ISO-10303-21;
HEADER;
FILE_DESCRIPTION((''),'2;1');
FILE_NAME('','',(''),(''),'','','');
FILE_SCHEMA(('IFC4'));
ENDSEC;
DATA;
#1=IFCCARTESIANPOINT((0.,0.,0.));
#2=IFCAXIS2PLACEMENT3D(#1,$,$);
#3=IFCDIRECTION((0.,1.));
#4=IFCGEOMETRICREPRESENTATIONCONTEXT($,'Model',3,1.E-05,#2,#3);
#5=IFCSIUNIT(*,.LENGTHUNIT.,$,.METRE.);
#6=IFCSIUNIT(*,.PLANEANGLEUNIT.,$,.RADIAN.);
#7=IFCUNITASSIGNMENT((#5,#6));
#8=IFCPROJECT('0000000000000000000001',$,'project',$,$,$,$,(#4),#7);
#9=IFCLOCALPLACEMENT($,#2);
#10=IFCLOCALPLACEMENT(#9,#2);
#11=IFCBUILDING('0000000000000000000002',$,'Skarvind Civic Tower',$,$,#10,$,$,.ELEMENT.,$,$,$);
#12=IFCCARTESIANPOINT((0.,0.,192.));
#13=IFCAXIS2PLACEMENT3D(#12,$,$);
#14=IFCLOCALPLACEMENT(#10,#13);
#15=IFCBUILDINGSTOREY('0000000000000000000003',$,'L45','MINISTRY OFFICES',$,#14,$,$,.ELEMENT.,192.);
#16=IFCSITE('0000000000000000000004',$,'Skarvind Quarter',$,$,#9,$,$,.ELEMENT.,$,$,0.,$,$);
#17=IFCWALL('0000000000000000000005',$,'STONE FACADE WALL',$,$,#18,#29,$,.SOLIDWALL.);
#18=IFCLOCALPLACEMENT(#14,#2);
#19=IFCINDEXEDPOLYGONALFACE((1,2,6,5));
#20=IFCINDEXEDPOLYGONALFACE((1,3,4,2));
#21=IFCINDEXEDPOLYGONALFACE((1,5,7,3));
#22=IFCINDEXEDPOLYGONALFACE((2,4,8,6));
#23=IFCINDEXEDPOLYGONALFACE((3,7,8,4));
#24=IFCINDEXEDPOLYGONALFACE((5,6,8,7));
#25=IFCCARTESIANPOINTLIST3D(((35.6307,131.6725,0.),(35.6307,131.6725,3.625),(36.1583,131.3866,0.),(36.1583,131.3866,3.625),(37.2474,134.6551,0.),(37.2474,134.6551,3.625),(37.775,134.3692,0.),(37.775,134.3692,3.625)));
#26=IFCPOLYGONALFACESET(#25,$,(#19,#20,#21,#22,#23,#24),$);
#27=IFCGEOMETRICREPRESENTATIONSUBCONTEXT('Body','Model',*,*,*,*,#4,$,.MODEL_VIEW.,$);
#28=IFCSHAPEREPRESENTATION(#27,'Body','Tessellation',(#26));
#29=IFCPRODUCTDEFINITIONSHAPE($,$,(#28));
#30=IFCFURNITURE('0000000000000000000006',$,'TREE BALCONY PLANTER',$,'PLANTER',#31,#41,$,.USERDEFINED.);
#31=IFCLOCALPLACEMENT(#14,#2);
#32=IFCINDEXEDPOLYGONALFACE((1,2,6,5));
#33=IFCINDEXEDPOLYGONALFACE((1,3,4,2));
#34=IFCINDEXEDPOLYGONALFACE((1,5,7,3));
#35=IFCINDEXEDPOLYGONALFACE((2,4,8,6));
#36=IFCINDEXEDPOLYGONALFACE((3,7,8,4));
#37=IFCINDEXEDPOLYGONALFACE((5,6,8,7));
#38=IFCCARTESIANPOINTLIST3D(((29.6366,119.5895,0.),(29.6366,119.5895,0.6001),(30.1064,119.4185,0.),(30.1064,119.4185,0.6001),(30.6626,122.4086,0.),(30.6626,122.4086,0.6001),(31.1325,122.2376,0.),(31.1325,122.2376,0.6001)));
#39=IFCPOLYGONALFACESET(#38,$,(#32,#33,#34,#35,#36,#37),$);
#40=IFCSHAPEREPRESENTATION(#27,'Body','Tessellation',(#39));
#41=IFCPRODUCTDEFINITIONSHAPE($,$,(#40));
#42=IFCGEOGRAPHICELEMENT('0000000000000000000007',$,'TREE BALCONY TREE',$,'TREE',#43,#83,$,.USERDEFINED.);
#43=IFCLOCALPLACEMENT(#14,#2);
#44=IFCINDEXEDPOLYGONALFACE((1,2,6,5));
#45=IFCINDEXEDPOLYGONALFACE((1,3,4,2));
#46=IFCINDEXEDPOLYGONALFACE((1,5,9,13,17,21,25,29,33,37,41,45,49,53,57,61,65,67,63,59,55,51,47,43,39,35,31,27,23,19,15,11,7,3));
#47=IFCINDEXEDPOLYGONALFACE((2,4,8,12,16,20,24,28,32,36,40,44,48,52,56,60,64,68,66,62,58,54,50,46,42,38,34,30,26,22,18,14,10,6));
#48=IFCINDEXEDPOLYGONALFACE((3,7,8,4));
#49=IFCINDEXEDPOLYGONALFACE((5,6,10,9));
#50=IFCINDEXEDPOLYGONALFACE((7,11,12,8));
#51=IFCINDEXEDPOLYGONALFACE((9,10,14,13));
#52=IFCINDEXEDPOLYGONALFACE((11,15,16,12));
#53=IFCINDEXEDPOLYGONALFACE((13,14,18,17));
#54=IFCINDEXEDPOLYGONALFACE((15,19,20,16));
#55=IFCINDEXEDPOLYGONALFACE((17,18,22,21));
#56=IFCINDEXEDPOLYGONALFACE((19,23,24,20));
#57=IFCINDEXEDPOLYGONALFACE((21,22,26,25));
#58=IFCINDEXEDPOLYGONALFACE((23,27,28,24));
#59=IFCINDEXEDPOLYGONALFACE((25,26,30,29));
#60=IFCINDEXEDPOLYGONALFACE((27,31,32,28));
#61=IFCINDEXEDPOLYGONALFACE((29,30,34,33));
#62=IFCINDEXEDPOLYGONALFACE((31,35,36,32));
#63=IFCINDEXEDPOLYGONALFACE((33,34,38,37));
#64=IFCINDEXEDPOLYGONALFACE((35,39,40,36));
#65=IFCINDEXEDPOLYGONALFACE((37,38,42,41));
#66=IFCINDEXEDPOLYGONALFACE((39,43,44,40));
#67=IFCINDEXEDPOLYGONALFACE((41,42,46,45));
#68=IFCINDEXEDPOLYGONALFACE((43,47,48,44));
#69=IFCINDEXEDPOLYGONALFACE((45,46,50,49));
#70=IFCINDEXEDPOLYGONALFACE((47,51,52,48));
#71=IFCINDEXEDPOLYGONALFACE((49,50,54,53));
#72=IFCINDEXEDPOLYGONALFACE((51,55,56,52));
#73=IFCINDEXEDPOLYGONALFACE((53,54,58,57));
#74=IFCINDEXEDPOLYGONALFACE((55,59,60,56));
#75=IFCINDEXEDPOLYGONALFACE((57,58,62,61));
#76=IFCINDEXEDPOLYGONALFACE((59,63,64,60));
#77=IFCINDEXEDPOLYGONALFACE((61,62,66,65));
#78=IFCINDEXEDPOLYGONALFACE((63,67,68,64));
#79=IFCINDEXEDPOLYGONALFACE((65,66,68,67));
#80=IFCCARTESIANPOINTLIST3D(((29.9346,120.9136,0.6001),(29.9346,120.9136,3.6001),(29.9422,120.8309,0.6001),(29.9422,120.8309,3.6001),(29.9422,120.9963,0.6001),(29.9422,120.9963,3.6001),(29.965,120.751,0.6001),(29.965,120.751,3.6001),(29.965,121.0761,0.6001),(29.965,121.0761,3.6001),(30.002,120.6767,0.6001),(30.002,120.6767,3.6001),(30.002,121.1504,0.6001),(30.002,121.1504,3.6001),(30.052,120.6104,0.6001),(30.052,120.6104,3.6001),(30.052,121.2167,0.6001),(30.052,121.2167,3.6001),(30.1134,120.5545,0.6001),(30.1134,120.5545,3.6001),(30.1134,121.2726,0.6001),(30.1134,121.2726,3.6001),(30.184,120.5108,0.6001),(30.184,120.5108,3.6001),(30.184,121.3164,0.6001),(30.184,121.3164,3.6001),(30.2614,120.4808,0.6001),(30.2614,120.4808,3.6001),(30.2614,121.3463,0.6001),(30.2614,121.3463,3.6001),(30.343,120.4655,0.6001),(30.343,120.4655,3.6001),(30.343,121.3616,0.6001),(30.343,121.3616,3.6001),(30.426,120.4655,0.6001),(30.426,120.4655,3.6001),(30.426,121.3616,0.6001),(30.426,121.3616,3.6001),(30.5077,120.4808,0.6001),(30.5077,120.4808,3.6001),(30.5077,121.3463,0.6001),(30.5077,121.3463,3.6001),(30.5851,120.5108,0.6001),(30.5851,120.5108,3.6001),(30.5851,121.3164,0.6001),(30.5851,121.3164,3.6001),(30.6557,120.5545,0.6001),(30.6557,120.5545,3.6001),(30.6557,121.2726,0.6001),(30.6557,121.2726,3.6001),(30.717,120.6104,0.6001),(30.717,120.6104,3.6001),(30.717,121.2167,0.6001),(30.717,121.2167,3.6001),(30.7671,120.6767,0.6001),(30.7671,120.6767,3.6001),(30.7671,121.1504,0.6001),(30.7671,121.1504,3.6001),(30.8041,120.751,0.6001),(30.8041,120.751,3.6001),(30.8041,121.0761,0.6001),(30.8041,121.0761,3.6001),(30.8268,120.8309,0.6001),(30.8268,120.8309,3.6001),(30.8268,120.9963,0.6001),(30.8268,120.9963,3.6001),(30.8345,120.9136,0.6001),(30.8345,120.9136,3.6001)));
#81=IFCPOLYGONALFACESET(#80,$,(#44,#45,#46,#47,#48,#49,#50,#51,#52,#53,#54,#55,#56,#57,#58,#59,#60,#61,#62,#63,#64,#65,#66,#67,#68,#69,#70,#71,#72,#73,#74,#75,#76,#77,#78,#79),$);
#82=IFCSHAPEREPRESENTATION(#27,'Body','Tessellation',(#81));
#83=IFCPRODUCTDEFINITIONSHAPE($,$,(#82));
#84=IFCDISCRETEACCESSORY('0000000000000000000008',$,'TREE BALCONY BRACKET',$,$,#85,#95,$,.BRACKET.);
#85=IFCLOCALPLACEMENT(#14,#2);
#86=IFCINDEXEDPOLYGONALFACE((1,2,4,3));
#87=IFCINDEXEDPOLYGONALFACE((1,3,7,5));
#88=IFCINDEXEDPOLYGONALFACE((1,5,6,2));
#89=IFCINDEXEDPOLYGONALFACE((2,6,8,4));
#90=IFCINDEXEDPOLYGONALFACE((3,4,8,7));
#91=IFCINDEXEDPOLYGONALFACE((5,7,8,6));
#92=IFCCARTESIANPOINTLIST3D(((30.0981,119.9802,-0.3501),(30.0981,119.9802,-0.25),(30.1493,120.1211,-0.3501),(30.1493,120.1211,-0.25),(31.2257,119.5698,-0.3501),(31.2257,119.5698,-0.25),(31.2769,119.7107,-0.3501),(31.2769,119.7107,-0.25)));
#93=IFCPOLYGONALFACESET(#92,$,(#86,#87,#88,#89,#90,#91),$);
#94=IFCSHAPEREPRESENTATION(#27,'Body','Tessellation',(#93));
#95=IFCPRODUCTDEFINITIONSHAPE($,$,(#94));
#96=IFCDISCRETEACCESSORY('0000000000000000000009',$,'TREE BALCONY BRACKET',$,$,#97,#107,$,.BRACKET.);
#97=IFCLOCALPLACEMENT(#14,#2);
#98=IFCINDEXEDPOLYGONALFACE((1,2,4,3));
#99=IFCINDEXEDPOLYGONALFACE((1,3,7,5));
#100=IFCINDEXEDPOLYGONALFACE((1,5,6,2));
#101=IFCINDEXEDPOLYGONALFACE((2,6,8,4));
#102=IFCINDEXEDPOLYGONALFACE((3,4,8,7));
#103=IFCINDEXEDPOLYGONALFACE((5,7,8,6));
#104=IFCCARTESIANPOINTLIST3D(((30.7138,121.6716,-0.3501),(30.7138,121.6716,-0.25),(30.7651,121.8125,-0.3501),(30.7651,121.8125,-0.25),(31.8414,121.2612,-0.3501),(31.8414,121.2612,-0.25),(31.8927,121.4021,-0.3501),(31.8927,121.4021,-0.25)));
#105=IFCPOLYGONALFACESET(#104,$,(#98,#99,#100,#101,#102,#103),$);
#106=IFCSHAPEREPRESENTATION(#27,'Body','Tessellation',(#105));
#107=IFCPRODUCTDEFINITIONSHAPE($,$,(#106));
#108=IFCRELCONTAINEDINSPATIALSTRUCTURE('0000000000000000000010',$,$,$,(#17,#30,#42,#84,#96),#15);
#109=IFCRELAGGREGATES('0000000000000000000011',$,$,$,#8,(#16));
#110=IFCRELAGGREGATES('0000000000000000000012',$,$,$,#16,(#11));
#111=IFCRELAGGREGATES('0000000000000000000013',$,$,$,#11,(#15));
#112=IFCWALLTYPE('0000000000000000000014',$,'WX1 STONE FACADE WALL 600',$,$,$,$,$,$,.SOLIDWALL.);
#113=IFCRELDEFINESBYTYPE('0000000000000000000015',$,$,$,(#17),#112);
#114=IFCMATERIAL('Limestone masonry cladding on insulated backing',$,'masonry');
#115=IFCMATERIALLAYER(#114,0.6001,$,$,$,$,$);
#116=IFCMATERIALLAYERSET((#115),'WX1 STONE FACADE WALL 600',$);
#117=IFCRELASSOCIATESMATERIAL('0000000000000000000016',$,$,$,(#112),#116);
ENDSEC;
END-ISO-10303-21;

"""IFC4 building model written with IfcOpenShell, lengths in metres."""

from ifc_helpers import new_model, si_unit, direction, frame, frame_2d, origin, origin_2d, place, context, subcontext, project, spatial, rectangle, circle, extrude, material, layer, layer_set, type_object, element, save


model = new_model("IFC4")

# Units and contexts
model_context = context("Model", 3, precision=1e-05, world=origin(), true_north=direction((0.0, 1.0)))
body_context = subcontext(model_context, "Body", "Model", "MODEL_VIEW")
ifc_project = project(units=[si_unit("LENGTHUNIT", "METRE"), si_unit("PLANEANGLEUNIT", "RADIAN")], contexts=[model_context])

# Site, building, storey
site_placement = place(None, origin())
site = spatial("IfcSite", under=ifc_project, at=site_placement, Name="Skarvind Quarter", CompositionType="ELEMENT", RefElevation=0.0)
building_placement = place(site_placement, origin())
building = spatial("IfcBuilding", under=site, at=building_placement, Name="Skarvind Civic Tower", CompositionType="ELEMENT")
storey_placement = place(building_placement, frame((0.0, 0.0, 192.0)))
storey = spatial("IfcBuildingStorey", under=building, at=storey_placement, Name="L45", Description="MINISTRY OFFICES", CompositionType="ELEMENT", Elevation=192.0)

# Shared definitions
ifc_material_1 = material(Name="Limestone masonry cladding on insulated backing", Category="masonry")
ifc_layer_1 = layer(ifc_material_1, 0.6001)
ifc_layer_set_1 = layer_set([ifc_layer_1], Name="WX1 STONE FACADE WALL 600")
wall_type_1 = type_object("IfcWallType", Name="WX1 STONE FACADE WALL 600", PredefinedType="SOLIDWALL", material=ifc_layer_set_1)

# Wall
wall_1_placement = place(storey_placement, frame((35.8945, 131.5295, 0.0), z_axis=(0.0, 0.0, 1.0), x_axis=(0.476531, 0.879158, 0.0)))
element("IfcWall", 1, at=wall_1_placement, inside=storey, type_object=wall_type_1, Name="STONE FACADE WALL", PredefinedType="SOLIDWALL", context=body_context, shape_type="SweptSolid", body=[
    extrude(rectangle(XDim=3.3926, YDim=0.6001, at=frame_2d((1.6963, 0.0))), origin(), (0.0, 0.0, 1.0), 3.625),
])

# Furniture
furniture_placement = place(storey_placement, frame((30.3845, 120.9136, 0.0), z_axis=(0.0, 0.0, 1.0), x_axis=(0.34202, 0.939693, 0.0)))
element("IfcFurniture", 2, at=furniture_placement, inside=storey, Name="TREE BALCONY PLANTER", ObjectType="PLANTER", PredefinedType="USERDEFINED", context=body_context, shape_type="SweptSolid", body=[
    extrude(rectangle(XDim=3.0, YDim=0.5, at=origin_2d()), origin(), (0.0, 0.0, 1.0), 0.6001),
])

# Geographic element
geographic_element_placement = place(storey_placement, frame((30.3845, 120.9136, 0.6001), z_axis=(0.0, 0.0, 1.0), x_axis=(1.0, 0.0, 0.0)))
element("IfcGeographicElement", 3, at=geographic_element_placement, inside=storey, Name="TREE BALCONY TREE", ObjectType="TREE", PredefinedType="USERDEFINED", context=body_context, shape_type="SweptSolid", body=[
    extrude(circle(Radius=0.45, at=origin_2d()), origin(), (0.0, 0.0, 1.0), 3.0),
])

# Discrete accessories
for number, where, z_axis, x_axis, name in (
    (4, (30.6875, 119.8455, -0.3501), (0.0, 0.0, 1.0), (0.34202, 0.939693, 0.0), "TREE BALCONY BRACKET"),
    (5, (31.3032, 121.5369, -0.3501), (0.0, 0.0, 1.0), (0.34202, 0.939693, 0.0), "TREE BALCONY BRACKET"),
):
    element("IfcDiscreteAccessory", number, at=place(storey_placement, frame(where, z_axis=z_axis, x_axis=x_axis)), inside=storey, Name=name, PredefinedType="BRACKET", context=body_context, shape_type="SweptSolid", body=[
        extrude(rectangle(XDim=0.1499, YDim=1.2, at=origin_2d()), origin(), (0.0, 0.0, 1.0), 0.1001),
    ])

save(model, "model.ifc")
